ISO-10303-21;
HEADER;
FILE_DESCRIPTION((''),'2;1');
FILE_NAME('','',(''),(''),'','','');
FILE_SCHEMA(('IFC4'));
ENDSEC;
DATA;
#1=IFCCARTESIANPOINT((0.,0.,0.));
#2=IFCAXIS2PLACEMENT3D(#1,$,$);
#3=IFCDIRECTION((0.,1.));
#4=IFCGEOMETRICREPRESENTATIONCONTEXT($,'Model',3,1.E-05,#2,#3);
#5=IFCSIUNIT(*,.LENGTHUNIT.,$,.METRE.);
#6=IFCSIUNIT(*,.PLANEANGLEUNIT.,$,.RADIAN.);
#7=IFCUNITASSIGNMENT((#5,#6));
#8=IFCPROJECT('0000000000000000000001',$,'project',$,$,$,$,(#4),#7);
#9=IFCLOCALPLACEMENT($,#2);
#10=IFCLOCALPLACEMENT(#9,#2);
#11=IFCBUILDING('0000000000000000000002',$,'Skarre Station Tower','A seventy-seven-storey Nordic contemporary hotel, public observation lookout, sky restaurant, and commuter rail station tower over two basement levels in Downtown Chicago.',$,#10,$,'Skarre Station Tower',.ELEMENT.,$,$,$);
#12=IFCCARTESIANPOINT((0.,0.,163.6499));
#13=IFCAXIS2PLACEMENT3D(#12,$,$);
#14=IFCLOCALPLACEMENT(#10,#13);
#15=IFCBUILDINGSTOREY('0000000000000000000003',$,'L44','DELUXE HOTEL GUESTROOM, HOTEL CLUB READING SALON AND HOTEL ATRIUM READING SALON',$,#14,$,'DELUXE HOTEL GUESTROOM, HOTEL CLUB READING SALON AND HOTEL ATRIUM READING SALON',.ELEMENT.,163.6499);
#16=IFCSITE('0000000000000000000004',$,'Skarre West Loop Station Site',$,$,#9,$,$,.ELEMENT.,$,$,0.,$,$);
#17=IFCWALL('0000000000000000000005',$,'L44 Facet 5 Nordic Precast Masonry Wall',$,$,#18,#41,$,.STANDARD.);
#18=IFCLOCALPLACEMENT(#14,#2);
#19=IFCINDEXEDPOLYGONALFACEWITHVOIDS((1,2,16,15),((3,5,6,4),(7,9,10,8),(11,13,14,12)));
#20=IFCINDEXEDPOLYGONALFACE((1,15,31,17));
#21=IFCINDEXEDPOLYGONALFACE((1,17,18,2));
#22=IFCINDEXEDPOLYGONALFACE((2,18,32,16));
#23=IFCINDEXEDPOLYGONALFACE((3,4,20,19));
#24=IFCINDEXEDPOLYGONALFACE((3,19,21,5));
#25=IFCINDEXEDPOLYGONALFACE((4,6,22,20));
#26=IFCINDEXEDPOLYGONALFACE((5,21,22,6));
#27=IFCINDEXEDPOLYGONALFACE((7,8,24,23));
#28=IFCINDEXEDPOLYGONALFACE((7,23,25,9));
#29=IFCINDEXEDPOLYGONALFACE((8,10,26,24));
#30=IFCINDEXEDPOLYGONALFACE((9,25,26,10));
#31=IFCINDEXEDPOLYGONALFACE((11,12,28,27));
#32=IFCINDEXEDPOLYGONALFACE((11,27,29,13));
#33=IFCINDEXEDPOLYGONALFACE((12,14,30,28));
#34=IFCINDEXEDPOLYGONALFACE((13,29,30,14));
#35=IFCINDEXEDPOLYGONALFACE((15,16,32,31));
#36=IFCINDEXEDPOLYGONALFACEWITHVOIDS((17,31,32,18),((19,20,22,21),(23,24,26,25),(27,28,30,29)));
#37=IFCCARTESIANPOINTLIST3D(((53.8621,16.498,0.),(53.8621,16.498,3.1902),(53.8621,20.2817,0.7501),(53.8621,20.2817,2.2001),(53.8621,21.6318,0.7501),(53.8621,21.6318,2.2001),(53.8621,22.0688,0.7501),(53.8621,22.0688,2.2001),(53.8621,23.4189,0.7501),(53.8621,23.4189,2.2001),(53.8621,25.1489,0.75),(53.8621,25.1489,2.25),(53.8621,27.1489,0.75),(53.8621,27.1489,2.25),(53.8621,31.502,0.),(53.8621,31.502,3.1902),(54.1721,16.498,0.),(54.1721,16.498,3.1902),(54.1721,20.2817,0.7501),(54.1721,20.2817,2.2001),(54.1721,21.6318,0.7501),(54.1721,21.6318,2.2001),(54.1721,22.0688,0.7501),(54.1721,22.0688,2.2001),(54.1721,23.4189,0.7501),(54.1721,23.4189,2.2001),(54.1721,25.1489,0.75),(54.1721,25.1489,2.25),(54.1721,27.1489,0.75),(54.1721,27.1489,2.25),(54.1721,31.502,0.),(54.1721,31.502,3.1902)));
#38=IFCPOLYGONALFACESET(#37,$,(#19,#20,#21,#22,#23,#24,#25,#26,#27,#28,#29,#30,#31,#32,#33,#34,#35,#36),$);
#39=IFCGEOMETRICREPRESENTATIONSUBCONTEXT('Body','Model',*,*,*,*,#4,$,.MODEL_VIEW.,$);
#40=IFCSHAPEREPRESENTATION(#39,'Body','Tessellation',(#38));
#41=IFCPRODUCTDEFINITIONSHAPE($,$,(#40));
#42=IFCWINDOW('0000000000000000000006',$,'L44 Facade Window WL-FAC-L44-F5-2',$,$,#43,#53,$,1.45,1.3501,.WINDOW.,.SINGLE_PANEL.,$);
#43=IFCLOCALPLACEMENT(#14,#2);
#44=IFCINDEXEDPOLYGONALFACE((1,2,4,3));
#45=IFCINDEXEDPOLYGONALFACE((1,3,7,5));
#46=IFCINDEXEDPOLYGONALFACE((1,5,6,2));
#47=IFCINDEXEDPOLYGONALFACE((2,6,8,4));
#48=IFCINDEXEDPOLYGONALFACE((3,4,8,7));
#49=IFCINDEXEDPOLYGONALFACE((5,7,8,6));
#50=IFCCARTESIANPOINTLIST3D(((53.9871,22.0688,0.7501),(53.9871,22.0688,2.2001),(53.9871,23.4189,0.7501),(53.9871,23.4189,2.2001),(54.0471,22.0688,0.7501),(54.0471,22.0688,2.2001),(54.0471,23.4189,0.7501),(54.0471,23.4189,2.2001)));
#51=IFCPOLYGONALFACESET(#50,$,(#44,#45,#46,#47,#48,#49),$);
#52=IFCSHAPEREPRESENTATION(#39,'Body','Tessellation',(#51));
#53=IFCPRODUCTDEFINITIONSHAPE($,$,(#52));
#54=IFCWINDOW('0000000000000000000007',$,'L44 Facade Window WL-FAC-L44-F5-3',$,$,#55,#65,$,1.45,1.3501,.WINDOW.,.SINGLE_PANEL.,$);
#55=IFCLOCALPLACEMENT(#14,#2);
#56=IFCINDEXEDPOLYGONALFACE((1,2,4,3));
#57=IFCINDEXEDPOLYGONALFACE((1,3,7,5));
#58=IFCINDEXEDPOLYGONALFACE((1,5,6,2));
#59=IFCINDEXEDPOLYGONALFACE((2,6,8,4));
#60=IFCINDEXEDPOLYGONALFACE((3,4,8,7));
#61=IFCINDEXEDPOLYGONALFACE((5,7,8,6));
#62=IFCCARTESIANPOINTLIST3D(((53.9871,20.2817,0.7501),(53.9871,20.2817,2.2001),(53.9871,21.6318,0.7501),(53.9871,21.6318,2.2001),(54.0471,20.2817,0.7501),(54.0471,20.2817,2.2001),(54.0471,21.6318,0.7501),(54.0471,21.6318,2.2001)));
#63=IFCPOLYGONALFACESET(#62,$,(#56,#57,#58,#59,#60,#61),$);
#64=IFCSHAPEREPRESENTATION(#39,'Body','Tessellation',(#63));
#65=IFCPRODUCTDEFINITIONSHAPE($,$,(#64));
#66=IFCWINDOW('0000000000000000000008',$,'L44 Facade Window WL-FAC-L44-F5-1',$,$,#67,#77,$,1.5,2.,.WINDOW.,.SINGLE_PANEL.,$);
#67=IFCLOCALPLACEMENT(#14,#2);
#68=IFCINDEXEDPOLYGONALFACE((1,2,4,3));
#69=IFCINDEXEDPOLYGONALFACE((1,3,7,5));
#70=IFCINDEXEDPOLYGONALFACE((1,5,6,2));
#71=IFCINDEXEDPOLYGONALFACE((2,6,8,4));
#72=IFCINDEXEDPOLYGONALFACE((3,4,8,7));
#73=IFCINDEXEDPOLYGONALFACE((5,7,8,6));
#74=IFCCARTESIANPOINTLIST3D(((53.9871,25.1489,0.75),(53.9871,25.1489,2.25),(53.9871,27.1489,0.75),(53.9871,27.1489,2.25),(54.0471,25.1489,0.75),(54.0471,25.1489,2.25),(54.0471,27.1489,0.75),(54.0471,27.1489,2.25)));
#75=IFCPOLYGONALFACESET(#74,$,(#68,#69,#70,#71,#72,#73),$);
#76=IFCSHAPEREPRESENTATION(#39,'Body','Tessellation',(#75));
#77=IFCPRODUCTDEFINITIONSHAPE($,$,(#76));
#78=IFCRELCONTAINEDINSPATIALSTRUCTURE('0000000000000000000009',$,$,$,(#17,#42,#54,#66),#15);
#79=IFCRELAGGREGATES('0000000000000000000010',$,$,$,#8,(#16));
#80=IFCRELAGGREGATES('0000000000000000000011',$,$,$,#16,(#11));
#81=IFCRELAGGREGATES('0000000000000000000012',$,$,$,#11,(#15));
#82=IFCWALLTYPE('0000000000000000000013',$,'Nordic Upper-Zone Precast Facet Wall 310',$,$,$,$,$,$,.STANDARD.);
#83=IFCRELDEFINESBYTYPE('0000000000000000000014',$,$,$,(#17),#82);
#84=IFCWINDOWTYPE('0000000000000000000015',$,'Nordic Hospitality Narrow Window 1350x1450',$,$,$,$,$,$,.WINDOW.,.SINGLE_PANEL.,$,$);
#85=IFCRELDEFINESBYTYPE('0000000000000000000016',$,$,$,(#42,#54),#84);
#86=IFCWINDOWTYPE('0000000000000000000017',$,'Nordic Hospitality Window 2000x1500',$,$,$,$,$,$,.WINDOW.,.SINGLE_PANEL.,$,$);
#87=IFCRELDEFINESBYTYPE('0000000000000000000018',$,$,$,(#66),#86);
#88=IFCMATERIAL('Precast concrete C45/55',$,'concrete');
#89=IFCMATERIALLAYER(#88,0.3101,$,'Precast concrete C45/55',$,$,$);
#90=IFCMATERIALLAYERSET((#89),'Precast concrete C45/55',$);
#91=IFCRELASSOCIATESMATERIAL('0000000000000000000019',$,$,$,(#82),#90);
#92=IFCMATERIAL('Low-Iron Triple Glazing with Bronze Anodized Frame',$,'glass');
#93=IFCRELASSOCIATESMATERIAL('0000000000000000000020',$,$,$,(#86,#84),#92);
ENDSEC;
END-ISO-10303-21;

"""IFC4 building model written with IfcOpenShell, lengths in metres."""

from ifc_helpers import new_model, si_unit, direction, frame, frame_2d, origin, place, context, subcontext, project, spatial, rectangle, extrude, material, layer, layer_set, type_object, element, fill, save


model = new_model("IFC4")

# Units and contexts
model_context = context("Model", 3, precision=1e-05, world=origin(), true_north=direction((0.0, 1.0)))
body_context = subcontext(model_context, "Body", "Model", "MODEL_VIEW")
ifc_project = project(units=[si_unit("LENGTHUNIT", "METRE"), si_unit("PLANEANGLEUNIT", "RADIAN")], contexts=[model_context])

# Site, building, storey
site_placement = place(None, origin())
site = spatial("IfcSite", under=ifc_project, at=site_placement, Name="Skarre West Loop Station Site", CompositionType="ELEMENT", RefElevation=0.0)
building_placement = place(site_placement, origin())
building = spatial("IfcBuilding", under=site, at=building_placement, Name="Skarre Station Tower", Description="A seventy-seven-storey Nordic contemporary hotel, public observation lookout, sky restaurant, and commuter rail station tower over two basement levels in Downtown Chicago.", LongName="Skarre Station Tower", CompositionType="ELEMENT")
storey_placement = place(building_placement, frame((0.0, 0.0, 163.6499)))
storey = spatial("IfcBuildingStorey", under=building, at=storey_placement, Name="L44", Description="DELUXE HOTEL GUESTROOM, HOTEL CLUB READING SALON AND HOTEL ATRIUM READING SALON", LongName="DELUXE HOTEL GUESTROOM, HOTEL CLUB READING SALON AND HOTEL ATRIUM READING SALON", CompositionType="ELEMENT", Elevation=163.6499)

# Shared definitions
ifc_material_1 = material(Name="Precast concrete C45/55", Category="concrete")

# Shared definitions
ifc_layer_1 = layer(ifc_material_1, 0.3101, Name="Precast concrete C45/55")
ifc_layer_set_1 = layer_set([ifc_layer_1], Name="Precast concrete C45/55")
wall_type_1 = type_object("IfcWallType", Name="Nordic Upper-Zone Precast Facet Wall 310", PredefinedType="STANDARD", material=ifc_layer_set_1)
ifc_material_2 = material(Name="Low-Iron Triple Glazing with Bronze Anodized Frame", Category="glass")
window_type_1 = type_object("IfcWindowType", Name="Nordic Hospitality Window 2000x1500", PartitioningType="SINGLE_PANEL", PredefinedType="WINDOW", material=ifc_material_2)

# Wall, openings, windows
wall_1_placement = place(storey_placement, frame((54.0171, 31.502, 0.0), z_axis=(0.0, 0.0, 1.0), x_axis=(0.0, -1.0, 0.0)))
wall_1 = element("IfcWall", 1, at=wall_1_placement, inside=storey, type_object=wall_type_1, Name="L44 Facet 5 Nordic Precast Masonry Wall", PredefinedType="STANDARD", context=body_context, shape_type="SweptSolid", body=[
    extrude(rectangle(XDim=15.0039, YDim=0.3101, at=frame_2d((7.502, 0.0))), origin(), (0.0, 0.0, 1.0), 3.1902),
])
opening_1_placement = place(wall_1_placement, frame((4.353, 0.0, 0.75)))
opening_1 = element("IfcOpeningElement", 2, at=opening_1_placement, cuts=wall_1, PredefinedType="OPENING", context=body_context, shape_type="SweptSolid", body=[
    extrude(rectangle(XDim=2.0, YDim=1.5, at=frame_2d((1.0, 0.75))), frame((0.0, 0.165, 0.0), z_axis=(0.0, -1.0, 0.0), x_axis=(1.0, 0.0, 0.0)), (0.0, 0.0, 1.0), 0.3301),
])
opening_2_placement = place(wall_1_placement, frame((8.083, 0.0, 0.75)))
opening_2 = element("IfcOpeningElement", 3, at=opening_2_placement, cuts=wall_1, PredefinedType="OPENING", context=body_context, shape_type="SweptSolid", body=[
    extrude(rectangle(XDim=1.3501, YDim=1.45, at=frame_2d((0.675, 0.7251))), frame((0.0, 0.165, 0.0), z_axis=(0.0, -1.0, 0.0), x_axis=(1.0, 0.0, 0.0)), (0.0, 0.0, 1.0), 0.3301),
])
opening_3_placement = place(wall_1_placement, frame((9.8701, 0.0, 0.75)))
opening_3 = element("IfcOpeningElement", 4, at=opening_3_placement, cuts=wall_1, PredefinedType="OPENING", context=body_context, shape_type="SweptSolid", body=[
    extrude(rectangle(XDim=1.3501, YDim=1.45, at=frame_2d((0.675, 0.7251))), frame((0.0, 0.165, 0.0), z_axis=(0.0, -1.0, 0.0), x_axis=(1.0, 0.0, 0.0)), (0.0, 0.0, 1.0), 0.3301),
])
window_type_2 = type_object("IfcWindowType", Name="Nordic Hospitality Narrow Window 1350x1450", PartitioningType="SINGLE_PANEL", PredefinedType="WINDOW", material=ifc_material_2)
window_1_placement = place(opening_2_placement, origin())
window_1 = element("IfcWindow", 5, at=window_1_placement, inside=storey, type_object=window_type_2, Name="L44 Facade Window WL-FAC-L44-F5-2", OverallHeight=1.45, OverallWidth=1.3501, PartitioningType="SINGLE_PANEL", PredefinedType="WINDOW", context=body_context, shape_type="SweptSolid", body=[
    extrude(rectangle(XDim=1.3501, YDim=1.45, at=frame_2d((0.675, 0.7251))), frame((0.0, 0.03, 0.0), z_axis=(0.0, -1.0, 0.0), x_axis=(1.0, 0.0, 0.0)), (0.0, 0.0, 1.0), 0.0601),
])
fill(opening_2, window_1)
window_2_placement = place(opening_3_placement, origin())
window_2 = element("IfcWindow", 6, at=window_2_placement, inside=storey, type_object=window_type_2, Name="L44 Facade Window WL-FAC-L44-F5-3", OverallHeight=1.45, OverallWidth=1.3501, PartitioningType="SINGLE_PANEL", PredefinedType="WINDOW", context=body_context, shape_type="SweptSolid", body=[
    extrude(rectangle(XDim=1.3501, YDim=1.45, at=frame_2d((0.675, 0.7251))), frame((0.0, 0.03, 0.0), z_axis=(0.0, -1.0, 0.0), x_axis=(1.0, 0.0, 0.0)), (0.0, 0.0, 1.0), 0.0601),
])
fill(opening_3, window_2)
window_3_placement = place(opening_1_placement, origin())
window_3 = element("IfcWindow", 7, at=window_3_placement, inside=storey, type_object=window_type_1, Name="L44 Facade Window WL-FAC-L44-F5-1", OverallHeight=1.5, OverallWidth=2.0, PartitioningType="SINGLE_PANEL", PredefinedType="WINDOW", context=body_context, shape_type="SweptSolid", body=[
    extrude(rectangle(XDim=2.0, YDim=1.5, at=frame_2d((1.0, 0.75))), frame((0.0, 0.03, 0.0), z_axis=(0.0, -1.0, 0.0), x_axis=(1.0, 0.0, 0.0)), (0.0, 0.0, 1.0), 0.0601),
])
fill(opening_1, window_3)

save(model, "model.ifc")
